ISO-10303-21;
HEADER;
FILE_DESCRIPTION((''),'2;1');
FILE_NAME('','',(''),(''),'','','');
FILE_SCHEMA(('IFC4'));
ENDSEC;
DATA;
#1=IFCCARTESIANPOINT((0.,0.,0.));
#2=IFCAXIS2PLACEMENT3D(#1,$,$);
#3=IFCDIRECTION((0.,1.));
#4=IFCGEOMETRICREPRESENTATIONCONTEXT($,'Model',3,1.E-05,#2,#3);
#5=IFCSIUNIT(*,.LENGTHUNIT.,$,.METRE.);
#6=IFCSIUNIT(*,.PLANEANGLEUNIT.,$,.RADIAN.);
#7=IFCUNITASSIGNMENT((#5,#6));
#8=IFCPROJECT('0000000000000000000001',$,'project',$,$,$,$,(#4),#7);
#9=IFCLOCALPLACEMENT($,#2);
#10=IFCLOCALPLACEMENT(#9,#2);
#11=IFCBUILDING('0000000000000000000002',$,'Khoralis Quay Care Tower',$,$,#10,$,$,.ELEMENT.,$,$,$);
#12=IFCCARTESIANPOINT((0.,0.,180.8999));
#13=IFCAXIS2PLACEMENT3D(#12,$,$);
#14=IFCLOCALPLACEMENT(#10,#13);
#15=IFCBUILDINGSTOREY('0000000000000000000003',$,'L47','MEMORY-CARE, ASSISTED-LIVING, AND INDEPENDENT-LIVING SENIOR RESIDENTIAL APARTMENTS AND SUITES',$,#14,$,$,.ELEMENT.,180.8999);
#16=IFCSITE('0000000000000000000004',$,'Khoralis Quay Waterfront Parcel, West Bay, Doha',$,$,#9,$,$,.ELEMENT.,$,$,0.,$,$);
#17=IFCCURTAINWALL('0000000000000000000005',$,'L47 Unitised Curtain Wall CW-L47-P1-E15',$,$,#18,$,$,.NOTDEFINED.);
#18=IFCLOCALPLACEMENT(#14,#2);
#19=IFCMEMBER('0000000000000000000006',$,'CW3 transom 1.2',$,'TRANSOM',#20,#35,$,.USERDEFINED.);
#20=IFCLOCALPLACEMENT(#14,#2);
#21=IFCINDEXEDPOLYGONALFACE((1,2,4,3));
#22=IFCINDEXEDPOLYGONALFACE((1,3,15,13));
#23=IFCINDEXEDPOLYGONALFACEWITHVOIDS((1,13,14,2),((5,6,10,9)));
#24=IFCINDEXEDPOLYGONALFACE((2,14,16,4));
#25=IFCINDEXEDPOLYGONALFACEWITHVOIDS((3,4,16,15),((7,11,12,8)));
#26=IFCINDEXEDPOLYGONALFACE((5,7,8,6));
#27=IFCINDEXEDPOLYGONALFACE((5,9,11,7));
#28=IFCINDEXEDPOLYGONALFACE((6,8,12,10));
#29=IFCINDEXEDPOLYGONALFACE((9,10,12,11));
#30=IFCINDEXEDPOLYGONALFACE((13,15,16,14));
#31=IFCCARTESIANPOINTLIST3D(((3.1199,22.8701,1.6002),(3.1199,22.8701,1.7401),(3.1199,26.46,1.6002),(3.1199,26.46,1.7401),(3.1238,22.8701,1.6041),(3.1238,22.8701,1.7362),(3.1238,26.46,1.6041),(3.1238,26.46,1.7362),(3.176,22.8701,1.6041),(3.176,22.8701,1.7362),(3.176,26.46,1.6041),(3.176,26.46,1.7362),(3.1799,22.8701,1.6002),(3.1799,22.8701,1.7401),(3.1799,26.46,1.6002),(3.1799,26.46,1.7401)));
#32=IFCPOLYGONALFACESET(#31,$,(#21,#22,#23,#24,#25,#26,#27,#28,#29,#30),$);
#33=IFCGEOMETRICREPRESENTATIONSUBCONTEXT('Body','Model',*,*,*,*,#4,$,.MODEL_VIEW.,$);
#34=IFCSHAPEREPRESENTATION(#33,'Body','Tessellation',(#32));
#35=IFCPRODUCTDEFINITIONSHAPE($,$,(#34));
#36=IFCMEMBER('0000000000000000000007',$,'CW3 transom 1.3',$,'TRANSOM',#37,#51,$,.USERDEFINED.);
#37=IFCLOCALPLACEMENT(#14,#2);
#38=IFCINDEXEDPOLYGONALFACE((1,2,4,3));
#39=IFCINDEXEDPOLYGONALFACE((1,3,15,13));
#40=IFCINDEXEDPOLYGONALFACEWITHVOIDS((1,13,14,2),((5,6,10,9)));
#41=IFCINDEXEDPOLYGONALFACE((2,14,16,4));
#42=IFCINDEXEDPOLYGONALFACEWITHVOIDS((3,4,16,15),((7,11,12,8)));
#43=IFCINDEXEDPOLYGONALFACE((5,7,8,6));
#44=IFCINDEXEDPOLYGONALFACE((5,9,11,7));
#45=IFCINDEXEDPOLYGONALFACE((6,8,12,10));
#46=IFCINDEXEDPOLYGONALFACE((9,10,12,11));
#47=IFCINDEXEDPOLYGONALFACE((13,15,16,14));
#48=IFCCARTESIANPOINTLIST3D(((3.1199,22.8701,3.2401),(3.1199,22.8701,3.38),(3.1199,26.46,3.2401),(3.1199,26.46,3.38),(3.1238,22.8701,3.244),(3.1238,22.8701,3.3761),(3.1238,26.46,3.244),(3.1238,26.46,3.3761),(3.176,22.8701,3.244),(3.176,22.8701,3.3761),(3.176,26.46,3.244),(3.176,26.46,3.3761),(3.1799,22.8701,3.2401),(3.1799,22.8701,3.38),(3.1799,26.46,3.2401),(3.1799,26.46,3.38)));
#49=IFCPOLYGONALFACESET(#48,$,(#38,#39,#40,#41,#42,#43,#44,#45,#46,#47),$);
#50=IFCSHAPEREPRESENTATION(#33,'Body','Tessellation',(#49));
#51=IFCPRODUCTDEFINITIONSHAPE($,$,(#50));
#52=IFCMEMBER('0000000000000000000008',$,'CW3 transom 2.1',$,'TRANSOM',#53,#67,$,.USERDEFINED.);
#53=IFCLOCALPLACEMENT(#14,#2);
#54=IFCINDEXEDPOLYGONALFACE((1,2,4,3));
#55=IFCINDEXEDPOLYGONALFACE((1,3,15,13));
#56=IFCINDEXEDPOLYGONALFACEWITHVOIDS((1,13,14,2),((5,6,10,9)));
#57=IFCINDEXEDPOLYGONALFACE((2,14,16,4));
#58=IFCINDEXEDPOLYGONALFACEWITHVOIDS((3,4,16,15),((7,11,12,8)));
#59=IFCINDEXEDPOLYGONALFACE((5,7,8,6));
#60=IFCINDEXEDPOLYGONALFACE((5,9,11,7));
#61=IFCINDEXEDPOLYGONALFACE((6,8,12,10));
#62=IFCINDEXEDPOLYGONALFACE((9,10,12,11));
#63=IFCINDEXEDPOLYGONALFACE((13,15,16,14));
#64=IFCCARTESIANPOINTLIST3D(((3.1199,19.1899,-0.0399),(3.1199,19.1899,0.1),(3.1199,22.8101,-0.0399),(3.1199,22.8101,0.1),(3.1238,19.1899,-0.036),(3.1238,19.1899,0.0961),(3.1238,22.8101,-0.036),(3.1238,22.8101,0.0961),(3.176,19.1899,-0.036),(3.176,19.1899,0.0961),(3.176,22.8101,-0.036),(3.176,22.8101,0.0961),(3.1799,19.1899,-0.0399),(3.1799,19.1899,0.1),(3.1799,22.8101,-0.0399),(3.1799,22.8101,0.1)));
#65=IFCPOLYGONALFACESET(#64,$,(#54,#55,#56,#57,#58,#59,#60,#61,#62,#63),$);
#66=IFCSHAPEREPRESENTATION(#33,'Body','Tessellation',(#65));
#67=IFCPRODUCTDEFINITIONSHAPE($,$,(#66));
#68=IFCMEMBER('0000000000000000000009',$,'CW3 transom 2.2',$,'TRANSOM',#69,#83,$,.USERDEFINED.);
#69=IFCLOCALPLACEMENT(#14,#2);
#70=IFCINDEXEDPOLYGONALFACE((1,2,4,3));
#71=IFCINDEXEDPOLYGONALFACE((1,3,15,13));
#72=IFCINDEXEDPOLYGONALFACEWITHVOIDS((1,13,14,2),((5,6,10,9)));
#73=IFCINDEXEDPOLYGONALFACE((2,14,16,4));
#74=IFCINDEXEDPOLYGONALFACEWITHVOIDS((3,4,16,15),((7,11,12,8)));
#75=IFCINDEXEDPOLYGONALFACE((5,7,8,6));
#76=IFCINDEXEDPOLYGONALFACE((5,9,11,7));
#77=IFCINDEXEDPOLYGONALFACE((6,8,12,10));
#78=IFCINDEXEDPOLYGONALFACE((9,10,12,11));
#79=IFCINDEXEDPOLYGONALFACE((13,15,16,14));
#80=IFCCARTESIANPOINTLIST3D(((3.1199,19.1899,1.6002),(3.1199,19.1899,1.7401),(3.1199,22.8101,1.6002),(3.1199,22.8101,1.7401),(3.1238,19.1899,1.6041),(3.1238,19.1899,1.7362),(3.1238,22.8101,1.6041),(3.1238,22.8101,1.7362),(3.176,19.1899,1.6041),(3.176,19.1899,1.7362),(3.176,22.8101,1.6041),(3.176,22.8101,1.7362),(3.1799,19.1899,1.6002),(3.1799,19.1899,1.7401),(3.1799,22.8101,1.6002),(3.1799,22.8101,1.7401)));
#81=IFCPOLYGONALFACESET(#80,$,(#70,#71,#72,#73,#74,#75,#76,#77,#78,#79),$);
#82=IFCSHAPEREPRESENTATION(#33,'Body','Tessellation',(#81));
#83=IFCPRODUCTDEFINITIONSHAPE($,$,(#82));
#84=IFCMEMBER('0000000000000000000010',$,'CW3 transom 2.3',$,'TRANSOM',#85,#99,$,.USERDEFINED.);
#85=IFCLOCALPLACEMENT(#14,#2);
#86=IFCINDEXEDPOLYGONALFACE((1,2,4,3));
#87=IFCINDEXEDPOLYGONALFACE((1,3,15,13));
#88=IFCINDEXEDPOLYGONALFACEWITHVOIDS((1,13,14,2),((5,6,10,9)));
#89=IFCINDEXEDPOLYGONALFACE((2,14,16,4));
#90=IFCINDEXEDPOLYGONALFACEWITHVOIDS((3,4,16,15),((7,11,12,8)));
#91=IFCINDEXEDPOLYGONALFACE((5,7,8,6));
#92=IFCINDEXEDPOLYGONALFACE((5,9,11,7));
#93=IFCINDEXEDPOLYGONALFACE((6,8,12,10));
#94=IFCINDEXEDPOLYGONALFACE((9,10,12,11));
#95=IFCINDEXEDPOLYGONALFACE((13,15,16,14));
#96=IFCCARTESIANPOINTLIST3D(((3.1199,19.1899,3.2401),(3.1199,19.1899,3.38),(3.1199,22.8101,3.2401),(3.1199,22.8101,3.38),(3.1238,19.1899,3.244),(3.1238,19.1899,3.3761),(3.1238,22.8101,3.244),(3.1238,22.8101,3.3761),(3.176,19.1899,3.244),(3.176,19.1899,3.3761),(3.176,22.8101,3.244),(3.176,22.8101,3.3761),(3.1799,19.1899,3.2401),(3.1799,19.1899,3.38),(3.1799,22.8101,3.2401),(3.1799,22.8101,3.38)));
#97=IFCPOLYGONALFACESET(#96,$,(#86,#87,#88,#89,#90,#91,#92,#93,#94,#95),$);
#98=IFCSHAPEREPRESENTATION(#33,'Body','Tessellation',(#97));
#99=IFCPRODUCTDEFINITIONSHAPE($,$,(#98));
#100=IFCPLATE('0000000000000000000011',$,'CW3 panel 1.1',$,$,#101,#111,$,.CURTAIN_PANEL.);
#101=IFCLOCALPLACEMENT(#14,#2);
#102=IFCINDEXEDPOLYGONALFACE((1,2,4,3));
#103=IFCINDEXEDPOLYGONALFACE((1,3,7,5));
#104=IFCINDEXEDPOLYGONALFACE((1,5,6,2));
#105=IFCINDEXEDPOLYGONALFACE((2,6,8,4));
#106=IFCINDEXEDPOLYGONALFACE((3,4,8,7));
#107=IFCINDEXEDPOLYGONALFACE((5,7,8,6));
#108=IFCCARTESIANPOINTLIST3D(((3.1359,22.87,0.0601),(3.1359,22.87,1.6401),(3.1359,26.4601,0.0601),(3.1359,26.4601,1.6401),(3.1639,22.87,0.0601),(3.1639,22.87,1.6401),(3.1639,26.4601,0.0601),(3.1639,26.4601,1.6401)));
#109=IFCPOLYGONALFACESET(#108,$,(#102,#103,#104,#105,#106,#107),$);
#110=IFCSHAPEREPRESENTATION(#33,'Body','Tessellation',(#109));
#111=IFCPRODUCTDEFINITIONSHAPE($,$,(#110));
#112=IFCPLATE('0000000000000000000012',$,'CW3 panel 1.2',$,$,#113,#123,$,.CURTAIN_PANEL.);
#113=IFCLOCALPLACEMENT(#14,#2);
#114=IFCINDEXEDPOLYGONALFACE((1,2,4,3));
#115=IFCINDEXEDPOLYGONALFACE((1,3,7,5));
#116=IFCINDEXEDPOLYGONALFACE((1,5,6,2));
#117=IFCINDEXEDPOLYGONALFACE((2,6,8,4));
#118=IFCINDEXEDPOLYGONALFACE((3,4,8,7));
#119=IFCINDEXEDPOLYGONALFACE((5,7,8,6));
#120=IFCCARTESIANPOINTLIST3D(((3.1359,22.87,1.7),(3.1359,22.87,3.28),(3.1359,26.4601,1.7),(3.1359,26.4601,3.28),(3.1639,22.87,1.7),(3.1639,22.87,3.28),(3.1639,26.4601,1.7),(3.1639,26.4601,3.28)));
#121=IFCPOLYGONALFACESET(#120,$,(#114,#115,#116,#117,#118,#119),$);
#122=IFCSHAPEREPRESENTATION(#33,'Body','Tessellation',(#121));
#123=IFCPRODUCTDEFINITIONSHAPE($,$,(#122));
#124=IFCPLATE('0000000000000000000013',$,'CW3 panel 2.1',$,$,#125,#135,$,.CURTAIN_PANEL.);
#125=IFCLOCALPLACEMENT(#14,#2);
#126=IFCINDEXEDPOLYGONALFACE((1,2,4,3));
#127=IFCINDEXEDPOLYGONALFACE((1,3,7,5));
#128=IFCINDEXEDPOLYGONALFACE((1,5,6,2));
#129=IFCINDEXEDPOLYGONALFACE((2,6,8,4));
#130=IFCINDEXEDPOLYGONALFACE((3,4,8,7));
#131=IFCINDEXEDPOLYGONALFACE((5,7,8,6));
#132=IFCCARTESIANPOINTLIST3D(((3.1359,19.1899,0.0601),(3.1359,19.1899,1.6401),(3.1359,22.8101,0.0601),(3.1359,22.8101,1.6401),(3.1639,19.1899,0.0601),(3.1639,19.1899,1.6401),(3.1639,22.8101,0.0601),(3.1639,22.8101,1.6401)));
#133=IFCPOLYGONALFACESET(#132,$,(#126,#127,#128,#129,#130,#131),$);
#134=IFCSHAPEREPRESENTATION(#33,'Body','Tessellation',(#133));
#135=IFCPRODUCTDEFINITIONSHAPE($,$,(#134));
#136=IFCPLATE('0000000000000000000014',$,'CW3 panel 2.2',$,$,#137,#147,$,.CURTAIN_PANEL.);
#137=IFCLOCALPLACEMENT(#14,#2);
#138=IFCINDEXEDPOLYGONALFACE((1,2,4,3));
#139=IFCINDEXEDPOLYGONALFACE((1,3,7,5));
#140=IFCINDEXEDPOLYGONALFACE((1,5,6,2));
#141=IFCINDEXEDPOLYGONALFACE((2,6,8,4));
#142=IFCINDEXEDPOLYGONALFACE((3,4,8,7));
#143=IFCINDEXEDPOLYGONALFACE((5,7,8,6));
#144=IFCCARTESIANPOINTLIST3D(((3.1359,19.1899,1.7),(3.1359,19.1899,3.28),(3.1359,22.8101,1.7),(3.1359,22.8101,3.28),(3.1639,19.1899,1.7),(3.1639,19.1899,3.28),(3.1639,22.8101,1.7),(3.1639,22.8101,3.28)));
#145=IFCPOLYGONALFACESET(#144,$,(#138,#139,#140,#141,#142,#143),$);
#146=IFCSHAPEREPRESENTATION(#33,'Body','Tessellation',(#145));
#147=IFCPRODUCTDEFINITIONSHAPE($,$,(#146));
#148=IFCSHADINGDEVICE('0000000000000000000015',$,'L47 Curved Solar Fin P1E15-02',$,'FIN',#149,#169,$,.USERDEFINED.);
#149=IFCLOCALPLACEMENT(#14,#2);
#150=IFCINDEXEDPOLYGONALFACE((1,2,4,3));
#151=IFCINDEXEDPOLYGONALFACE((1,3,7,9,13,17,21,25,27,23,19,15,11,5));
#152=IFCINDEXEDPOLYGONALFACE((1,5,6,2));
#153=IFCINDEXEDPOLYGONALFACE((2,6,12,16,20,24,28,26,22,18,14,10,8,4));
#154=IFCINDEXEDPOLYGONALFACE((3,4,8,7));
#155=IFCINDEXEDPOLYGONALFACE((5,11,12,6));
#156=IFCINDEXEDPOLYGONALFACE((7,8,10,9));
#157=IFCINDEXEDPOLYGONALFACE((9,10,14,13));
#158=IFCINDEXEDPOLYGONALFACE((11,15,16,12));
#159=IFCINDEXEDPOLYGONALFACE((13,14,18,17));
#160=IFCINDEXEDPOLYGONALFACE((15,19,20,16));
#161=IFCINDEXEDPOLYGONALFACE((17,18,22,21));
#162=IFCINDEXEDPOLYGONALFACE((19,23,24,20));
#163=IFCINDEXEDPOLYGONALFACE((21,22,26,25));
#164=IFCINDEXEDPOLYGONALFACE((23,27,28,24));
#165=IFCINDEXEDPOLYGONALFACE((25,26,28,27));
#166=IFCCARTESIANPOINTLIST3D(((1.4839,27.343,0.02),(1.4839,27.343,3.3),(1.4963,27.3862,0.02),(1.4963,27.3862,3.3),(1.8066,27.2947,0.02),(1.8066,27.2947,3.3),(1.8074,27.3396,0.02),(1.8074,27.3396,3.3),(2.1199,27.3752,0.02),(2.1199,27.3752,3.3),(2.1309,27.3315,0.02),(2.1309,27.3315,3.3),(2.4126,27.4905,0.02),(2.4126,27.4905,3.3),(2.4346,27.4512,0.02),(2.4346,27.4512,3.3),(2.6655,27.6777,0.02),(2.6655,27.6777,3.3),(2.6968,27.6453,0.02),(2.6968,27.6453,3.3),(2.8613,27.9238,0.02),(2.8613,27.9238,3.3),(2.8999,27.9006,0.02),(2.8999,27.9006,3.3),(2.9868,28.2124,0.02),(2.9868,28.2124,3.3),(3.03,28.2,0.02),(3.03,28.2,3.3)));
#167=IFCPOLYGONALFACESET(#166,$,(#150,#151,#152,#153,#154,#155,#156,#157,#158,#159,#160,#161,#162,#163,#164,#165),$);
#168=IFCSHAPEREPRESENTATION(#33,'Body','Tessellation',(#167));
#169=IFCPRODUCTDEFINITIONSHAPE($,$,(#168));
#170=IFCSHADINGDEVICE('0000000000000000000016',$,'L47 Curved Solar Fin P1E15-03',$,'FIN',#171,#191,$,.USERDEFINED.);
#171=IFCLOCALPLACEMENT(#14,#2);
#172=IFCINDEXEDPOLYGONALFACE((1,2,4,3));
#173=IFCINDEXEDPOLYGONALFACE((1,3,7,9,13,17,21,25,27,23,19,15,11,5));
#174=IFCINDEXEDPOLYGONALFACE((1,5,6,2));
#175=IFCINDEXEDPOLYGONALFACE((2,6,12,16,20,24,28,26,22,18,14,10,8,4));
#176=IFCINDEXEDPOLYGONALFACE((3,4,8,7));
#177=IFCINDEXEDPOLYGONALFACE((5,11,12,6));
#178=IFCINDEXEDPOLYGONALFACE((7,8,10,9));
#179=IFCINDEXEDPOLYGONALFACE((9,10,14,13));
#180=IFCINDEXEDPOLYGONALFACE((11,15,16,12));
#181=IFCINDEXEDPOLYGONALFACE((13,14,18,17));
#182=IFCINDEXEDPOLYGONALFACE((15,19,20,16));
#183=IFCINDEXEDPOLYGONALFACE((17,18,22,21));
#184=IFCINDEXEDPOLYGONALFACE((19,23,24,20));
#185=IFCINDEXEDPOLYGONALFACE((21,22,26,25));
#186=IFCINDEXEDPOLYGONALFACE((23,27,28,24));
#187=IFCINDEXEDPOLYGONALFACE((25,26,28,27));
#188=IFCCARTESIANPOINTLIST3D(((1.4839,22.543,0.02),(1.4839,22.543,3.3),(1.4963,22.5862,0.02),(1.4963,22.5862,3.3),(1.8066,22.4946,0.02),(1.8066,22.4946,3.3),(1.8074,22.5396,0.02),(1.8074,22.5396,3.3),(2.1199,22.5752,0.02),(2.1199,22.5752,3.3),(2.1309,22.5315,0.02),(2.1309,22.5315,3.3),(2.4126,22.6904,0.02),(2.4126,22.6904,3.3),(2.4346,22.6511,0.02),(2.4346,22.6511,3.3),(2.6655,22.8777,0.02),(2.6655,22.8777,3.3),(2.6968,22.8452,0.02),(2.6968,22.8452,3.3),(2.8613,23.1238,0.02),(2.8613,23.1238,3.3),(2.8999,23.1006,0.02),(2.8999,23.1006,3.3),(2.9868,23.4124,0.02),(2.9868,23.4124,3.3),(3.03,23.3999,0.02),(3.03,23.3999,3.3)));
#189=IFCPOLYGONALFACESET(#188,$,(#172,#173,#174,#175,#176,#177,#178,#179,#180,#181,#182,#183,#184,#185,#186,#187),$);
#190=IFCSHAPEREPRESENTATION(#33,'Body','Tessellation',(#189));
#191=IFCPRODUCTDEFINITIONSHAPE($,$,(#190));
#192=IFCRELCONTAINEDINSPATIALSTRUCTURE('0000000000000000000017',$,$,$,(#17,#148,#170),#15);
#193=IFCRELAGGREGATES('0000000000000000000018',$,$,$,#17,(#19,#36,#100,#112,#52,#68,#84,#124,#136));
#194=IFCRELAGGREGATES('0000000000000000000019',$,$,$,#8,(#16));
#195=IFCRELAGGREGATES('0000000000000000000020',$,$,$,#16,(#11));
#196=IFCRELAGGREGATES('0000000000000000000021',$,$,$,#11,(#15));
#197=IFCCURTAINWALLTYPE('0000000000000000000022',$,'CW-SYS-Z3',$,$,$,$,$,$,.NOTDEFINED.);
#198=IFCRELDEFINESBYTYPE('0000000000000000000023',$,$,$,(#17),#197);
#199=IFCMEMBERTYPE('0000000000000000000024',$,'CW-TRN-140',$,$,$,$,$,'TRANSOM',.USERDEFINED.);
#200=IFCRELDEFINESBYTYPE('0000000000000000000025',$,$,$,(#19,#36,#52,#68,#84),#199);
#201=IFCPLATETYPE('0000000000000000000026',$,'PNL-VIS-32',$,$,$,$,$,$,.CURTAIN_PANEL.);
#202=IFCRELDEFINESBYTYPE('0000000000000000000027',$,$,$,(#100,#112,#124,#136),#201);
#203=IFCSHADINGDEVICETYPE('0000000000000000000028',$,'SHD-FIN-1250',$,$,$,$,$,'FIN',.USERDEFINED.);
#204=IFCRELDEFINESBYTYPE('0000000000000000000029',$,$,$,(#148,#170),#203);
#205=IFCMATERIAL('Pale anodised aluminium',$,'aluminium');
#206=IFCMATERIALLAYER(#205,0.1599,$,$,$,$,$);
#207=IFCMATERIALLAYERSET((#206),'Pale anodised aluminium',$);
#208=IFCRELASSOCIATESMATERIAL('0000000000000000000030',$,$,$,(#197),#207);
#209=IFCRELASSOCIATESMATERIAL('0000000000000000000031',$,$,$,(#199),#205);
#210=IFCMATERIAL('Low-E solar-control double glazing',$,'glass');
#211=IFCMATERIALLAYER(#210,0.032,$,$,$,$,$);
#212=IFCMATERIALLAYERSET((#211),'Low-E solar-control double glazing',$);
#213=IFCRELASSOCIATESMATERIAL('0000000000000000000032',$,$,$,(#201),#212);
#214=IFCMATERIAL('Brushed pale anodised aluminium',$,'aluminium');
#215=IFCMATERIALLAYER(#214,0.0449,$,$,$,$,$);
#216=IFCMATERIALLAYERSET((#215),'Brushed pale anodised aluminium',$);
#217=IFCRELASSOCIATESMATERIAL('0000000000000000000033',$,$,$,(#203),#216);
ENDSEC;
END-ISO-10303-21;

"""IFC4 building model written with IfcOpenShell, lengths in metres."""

from ifc_helpers import new_model, si_unit, direction, frame, origin, origin_2d, place, context, subcontext, project, spatial, polyline, rectangle, hollow_rectangle, outline, extrude, source, transform, mapped, material, layer, layer_set, material_profile, profile_set, type_object, element, aggregate, save


model = new_model("IFC4")

# Units and contexts
model_context = context("Model", 3, precision=1e-05, world=origin(), true_north=direction((0.0, 1.0)))
body_context = subcontext(model_context, "Body", "Model", "MODEL_VIEW")
ifc_project = project(units=[si_unit("LENGTHUNIT", "METRE"), si_unit("PLANEANGLEUNIT", "RADIAN")], contexts=[model_context])

# Site, building, storey
site_placement = place(None, origin())
site = spatial("IfcSite", under=ifc_project, at=site_placement, Name="Khoralis Quay Waterfront Parcel, West Bay, Doha", CompositionType="ELEMENT", RefElevation=0.0)
building_placement = place(site_placement, origin())
building = spatial("IfcBuilding", under=site, at=building_placement, Name="Khoralis Quay Care Tower", CompositionType="ELEMENT")
storey_placement = place(building_placement, frame((0.0, 0.0, 180.8999)))
storey = spatial("IfcBuildingStorey", under=building, at=storey_placement, Name="L47", Description="MEMORY-CARE, ASSISTED-LIVING, AND INDEPENDENT-LIVING SENIOR RESIDENTIAL APARTMENTS AND SUITES", CompositionType="ELEMENT", Elevation=180.8999)

# Curtain wall, members, plates
ifc_material_1 = material(Name="Pale anodised aluminium", Category="aluminium")
ifc_layer_1 = layer(ifc_material_1, 0.1599)
ifc_layer_set_1 = layer_set([ifc_layer_1], Name="Pale anodised aluminium")
curtain_wall_type = type_object("IfcCurtainWallType", Name="CW-SYS-Z3", PredefinedType="NOTDEFINED", material=ifc_layer_set_1)
curtain_wall_placement = place(storey_placement, origin())
curtain_wall = element("IfcCurtainWall", 1, at=curtain_wall_placement, inside=storey, type_object=curtain_wall_type, Name="L47 Unitised Curtain Wall CW-L47-P1-E15", PredefinedType="NOTDEFINED")
ifc_material_profile_1 = material_profile(ifc_material_1, hollow_rectangle(XDim=0.0601, YDim=0.1399, WallThickness=0.0039, at=origin_2d()), Name="Pale anodised aluminium")
ifc_profile_set_1 = profile_set([ifc_material_profile_1], Name="Pale anodised aluminium")
member_type_1 = type_object("IfcMemberType", Name="CW-TRN-140", ElementType="TRANSOM", PredefinedType="USERDEFINED", material=ifc_profile_set_1)
shared_shape_1 = source(origin(), body_context, "Body", "SweptSolid", [
    extrude(hollow_rectangle(XDim=0.0601, YDim=0.1399, WallThickness=0.0039, at=origin_2d()), origin(), (0.0, 0.0, 1.0), 3.5898),
])
member_1_placement = place(storey_placement, frame((3.1499, 26.46, 1.6702), z_axis=(0.0, -1.0, 0.0), x_axis=(1.0, 0.0, 0.0)))
member_1 = element("IfcMember", 2, at=member_1_placement, type_object=member_type_1, Name="CW3 transom 1.2", ObjectType="TRANSOM", PredefinedType="USERDEFINED", context=body_context, shape_type="MappedRepresentation", body=[
    mapped(shared_shape_1, transform((0.0, 0.0, 0.0), scale=1.0)),
])
member_2_placement = place(storey_placement, frame((3.1499, 26.46, 3.3101), z_axis=(0.0, -1.0, 0.0), x_axis=(1.0, 0.0, 0.0)))
member_2 = element("IfcMember", 3, at=member_2_placement, type_object=member_type_1, Name="CW3 transom 1.3", ObjectType="TRANSOM", PredefinedType="USERDEFINED", context=body_context, shape_type="MappedRepresentation", body=[
    mapped(shared_shape_1, transform((0.0, 0.0, 0.0), scale=1.0)),
])
shared_shape_2 = source(origin(), body_context, "Body", "SweptSolid", [
    extrude(hollow_rectangle(XDim=0.0601, YDim=0.1399, WallThickness=0.0039, at=origin_2d()), origin(), (0.0, 0.0, 1.0), 3.6201),
])
member_3_placement = place(storey_placement, frame((3.1499, 22.8101, 0.03), z_axis=(0.0, -1.0, 0.0), x_axis=(1.0, 0.0, 0.0)))
member_3 = element("IfcMember", 4, at=member_3_placement, type_object=member_type_1, Name="CW3 transom 2.1", ObjectType="TRANSOM", PredefinedType="USERDEFINED", context=body_context, shape_type="MappedRepresentation", body=[
    mapped(shared_shape_2, transform((0.0, 0.0, 0.0), scale=1.0)),
])
member_4_placement = place(storey_placement, frame((3.1499, 22.8101, 1.6702), z_axis=(0.0, -1.0, 0.0), x_axis=(1.0, 0.0, 0.0)))
member_4 = element("IfcMember", 5, at=member_4_placement, type_object=member_type_1, Name="CW3 transom 2.2", ObjectType="TRANSOM", PredefinedType="USERDEFINED", context=body_context, shape_type="MappedRepresentation", body=[
    mapped(shared_shape_2, transform((0.0, 0.0, 0.0), scale=1.0)),
])
member_5_placement = place(storey_placement, frame((3.1499, 22.8101, 3.3101), z_axis=(0.0, -1.0, 0.0), x_axis=(1.0, 0.0, 0.0)))
member_5 = element("IfcMember", 6, at=member_5_placement, type_object=member_type_1, Name="CW3 transom 2.3", ObjectType="TRANSOM", PredefinedType="USERDEFINED", context=body_context, shape_type="MappedRepresentation", body=[
    mapped(shared_shape_2, transform((0.0, 0.0, 0.0), scale=1.0)),
])
ifc_material_2 = material(Name="Low-E solar-control double glazing", Category="glass")
ifc_layer_2 = layer(ifc_material_2, 0.032)
ifc_layer_set_2 = layer_set([ifc_layer_2], Name="Low-E solar-control double glazing")
plate_type = type_object("IfcPlateType", Name="PNL-VIS-32", PredefinedType="CURTAIN_PANEL", material=ifc_layer_set_2)
shared_shape_3 = source(origin(), body_context, "Body", "SweptSolid", [
    extrude(rectangle(XDim=3.5901, YDim=0.0281, at=origin_2d()), origin(), (0.0, 0.0, 1.0), 1.5801),
])
plate_1_placement = place(storey_placement, frame((3.1499, 24.665, 0.0601), z_axis=(0.0, 0.0, 1.0), x_axis=(0.0, -1.0, 0.0)))
plate_1 = element("IfcPlate", 7, at=plate_1_placement, type_object=plate_type, Name="CW3 panel 1.1", PredefinedType="CURTAIN_PANEL", context=body_context, shape_type="MappedRepresentation", body=[
    mapped(shared_shape_3, transform((0.0, 0.0, 0.0), scale=1.0)),
])
plate_2_placement = place(storey_placement, frame((3.1499, 24.665, 1.7), z_axis=(0.0, 0.0, 1.0), x_axis=(0.0, -1.0, 0.0)))
plate_2 = element("IfcPlate", 8, at=plate_2_placement, type_object=plate_type, Name="CW3 panel 1.2", PredefinedType="CURTAIN_PANEL", context=body_context, shape_type="MappedRepresentation", body=[
    mapped(shared_shape_3, transform((0.0, 0.0, 0.0), scale=1.0)),
])
shared_shape_4 = source(origin(), body_context, "Body", "SweptSolid", [
    extrude(rectangle(XDim=3.6201, YDim=0.0281, at=origin_2d()), origin(), (0.0, 0.0, 1.0), 1.5801),
])
plate_3_placement = place(storey_placement, frame((3.1499, 21.0, 0.0601), z_axis=(0.0, 0.0, 1.0), x_axis=(0.0, -1.0, 0.0)))
plate_3 = element("IfcPlate", 9, at=plate_3_placement, type_object=plate_type, Name="CW3 panel 2.1", PredefinedType="CURTAIN_PANEL", context=body_context, shape_type="MappedRepresentation", body=[
    mapped(shared_shape_4, transform((0.0, 0.0, 0.0), scale=1.0)),
])
plate_4_placement = place(storey_placement, frame((3.1499, 21.0, 1.7), z_axis=(0.0, 0.0, 1.0), x_axis=(0.0, -1.0, 0.0)))
plate_4 = element("IfcPlate", 10, at=plate_4_placement, type_object=plate_type, Name="CW3 panel 2.2", PredefinedType="CURTAIN_PANEL", context=body_context, shape_type="MappedRepresentation", body=[
    mapped(shared_shape_4, transform((0.0, 0.0, 0.0), scale=1.0)),
])
aggregate(curtain_wall, [member_1, member_2, plate_1, plate_2, member_3, member_4, member_5, plate_3, plate_4])

# Shading devices
ifc_material_3 = material(Name="Brushed pale anodised aluminium", Category="aluminium")
ifc_layer_3 = layer(ifc_material_3, 0.0449)
ifc_layer_set_3 = layer_set([ifc_layer_3], Name="Brushed pale anodised aluminium")
shading_device_type = type_object("IfcShadingDeviceType", Name="SHD-FIN-1250", ElementType="FIN", PredefinedType="USERDEFINED", material=ifc_layer_set_3)
shared_shape_5 = source(origin(), body_context, "Body", "SweptSolid", [
    extrude(outline(polyline([(0.0, 0.0), (0.1301, 0.2993), (0.3333, 0.5547), (0.5955, 0.7488), (0.8992, 0.8684), (1.2234, 0.9053), (1.5461, 0.8569), (1.5337, 0.8137), (1.2227, 0.8604), (0.9102, 0.8247), (0.6174, 0.7095), (0.3645, 0.5222), (0.1687, 0.2761), (0.0432, -0.0125), (0.0, 0.0)])), origin(), (0.0, 0.0, 1.0), 3.28),
])
for number, where, z_axis, x_axis, name in (
    (11, (3.03, 28.2, 0.02), (0.0, 0.0, 1.0), (-1.0, 0.0, 0.0), "L47 Curved Solar Fin P1E15-02"),
    (12, (3.03, 23.3999, 0.02), (0.0, 0.0, 1.0), (-1.0, 0.0, 0.0), "L47 Curved Solar Fin P1E15-03"),
):
    element("IfcShadingDevice", number, at=place(storey_placement, frame(where, z_axis=z_axis, x_axis=x_axis)), inside=storey, type_object=shading_device_type, Name=name, ObjectType="FIN", PredefinedType="USERDEFINED", context=body_context, shape_type="MappedRepresentation", body=[
        mapped(shared_shape_5, transform((0.0, 0.0, 0.0), scale=1.0)),
    ])

save(model, "model.ifc")
